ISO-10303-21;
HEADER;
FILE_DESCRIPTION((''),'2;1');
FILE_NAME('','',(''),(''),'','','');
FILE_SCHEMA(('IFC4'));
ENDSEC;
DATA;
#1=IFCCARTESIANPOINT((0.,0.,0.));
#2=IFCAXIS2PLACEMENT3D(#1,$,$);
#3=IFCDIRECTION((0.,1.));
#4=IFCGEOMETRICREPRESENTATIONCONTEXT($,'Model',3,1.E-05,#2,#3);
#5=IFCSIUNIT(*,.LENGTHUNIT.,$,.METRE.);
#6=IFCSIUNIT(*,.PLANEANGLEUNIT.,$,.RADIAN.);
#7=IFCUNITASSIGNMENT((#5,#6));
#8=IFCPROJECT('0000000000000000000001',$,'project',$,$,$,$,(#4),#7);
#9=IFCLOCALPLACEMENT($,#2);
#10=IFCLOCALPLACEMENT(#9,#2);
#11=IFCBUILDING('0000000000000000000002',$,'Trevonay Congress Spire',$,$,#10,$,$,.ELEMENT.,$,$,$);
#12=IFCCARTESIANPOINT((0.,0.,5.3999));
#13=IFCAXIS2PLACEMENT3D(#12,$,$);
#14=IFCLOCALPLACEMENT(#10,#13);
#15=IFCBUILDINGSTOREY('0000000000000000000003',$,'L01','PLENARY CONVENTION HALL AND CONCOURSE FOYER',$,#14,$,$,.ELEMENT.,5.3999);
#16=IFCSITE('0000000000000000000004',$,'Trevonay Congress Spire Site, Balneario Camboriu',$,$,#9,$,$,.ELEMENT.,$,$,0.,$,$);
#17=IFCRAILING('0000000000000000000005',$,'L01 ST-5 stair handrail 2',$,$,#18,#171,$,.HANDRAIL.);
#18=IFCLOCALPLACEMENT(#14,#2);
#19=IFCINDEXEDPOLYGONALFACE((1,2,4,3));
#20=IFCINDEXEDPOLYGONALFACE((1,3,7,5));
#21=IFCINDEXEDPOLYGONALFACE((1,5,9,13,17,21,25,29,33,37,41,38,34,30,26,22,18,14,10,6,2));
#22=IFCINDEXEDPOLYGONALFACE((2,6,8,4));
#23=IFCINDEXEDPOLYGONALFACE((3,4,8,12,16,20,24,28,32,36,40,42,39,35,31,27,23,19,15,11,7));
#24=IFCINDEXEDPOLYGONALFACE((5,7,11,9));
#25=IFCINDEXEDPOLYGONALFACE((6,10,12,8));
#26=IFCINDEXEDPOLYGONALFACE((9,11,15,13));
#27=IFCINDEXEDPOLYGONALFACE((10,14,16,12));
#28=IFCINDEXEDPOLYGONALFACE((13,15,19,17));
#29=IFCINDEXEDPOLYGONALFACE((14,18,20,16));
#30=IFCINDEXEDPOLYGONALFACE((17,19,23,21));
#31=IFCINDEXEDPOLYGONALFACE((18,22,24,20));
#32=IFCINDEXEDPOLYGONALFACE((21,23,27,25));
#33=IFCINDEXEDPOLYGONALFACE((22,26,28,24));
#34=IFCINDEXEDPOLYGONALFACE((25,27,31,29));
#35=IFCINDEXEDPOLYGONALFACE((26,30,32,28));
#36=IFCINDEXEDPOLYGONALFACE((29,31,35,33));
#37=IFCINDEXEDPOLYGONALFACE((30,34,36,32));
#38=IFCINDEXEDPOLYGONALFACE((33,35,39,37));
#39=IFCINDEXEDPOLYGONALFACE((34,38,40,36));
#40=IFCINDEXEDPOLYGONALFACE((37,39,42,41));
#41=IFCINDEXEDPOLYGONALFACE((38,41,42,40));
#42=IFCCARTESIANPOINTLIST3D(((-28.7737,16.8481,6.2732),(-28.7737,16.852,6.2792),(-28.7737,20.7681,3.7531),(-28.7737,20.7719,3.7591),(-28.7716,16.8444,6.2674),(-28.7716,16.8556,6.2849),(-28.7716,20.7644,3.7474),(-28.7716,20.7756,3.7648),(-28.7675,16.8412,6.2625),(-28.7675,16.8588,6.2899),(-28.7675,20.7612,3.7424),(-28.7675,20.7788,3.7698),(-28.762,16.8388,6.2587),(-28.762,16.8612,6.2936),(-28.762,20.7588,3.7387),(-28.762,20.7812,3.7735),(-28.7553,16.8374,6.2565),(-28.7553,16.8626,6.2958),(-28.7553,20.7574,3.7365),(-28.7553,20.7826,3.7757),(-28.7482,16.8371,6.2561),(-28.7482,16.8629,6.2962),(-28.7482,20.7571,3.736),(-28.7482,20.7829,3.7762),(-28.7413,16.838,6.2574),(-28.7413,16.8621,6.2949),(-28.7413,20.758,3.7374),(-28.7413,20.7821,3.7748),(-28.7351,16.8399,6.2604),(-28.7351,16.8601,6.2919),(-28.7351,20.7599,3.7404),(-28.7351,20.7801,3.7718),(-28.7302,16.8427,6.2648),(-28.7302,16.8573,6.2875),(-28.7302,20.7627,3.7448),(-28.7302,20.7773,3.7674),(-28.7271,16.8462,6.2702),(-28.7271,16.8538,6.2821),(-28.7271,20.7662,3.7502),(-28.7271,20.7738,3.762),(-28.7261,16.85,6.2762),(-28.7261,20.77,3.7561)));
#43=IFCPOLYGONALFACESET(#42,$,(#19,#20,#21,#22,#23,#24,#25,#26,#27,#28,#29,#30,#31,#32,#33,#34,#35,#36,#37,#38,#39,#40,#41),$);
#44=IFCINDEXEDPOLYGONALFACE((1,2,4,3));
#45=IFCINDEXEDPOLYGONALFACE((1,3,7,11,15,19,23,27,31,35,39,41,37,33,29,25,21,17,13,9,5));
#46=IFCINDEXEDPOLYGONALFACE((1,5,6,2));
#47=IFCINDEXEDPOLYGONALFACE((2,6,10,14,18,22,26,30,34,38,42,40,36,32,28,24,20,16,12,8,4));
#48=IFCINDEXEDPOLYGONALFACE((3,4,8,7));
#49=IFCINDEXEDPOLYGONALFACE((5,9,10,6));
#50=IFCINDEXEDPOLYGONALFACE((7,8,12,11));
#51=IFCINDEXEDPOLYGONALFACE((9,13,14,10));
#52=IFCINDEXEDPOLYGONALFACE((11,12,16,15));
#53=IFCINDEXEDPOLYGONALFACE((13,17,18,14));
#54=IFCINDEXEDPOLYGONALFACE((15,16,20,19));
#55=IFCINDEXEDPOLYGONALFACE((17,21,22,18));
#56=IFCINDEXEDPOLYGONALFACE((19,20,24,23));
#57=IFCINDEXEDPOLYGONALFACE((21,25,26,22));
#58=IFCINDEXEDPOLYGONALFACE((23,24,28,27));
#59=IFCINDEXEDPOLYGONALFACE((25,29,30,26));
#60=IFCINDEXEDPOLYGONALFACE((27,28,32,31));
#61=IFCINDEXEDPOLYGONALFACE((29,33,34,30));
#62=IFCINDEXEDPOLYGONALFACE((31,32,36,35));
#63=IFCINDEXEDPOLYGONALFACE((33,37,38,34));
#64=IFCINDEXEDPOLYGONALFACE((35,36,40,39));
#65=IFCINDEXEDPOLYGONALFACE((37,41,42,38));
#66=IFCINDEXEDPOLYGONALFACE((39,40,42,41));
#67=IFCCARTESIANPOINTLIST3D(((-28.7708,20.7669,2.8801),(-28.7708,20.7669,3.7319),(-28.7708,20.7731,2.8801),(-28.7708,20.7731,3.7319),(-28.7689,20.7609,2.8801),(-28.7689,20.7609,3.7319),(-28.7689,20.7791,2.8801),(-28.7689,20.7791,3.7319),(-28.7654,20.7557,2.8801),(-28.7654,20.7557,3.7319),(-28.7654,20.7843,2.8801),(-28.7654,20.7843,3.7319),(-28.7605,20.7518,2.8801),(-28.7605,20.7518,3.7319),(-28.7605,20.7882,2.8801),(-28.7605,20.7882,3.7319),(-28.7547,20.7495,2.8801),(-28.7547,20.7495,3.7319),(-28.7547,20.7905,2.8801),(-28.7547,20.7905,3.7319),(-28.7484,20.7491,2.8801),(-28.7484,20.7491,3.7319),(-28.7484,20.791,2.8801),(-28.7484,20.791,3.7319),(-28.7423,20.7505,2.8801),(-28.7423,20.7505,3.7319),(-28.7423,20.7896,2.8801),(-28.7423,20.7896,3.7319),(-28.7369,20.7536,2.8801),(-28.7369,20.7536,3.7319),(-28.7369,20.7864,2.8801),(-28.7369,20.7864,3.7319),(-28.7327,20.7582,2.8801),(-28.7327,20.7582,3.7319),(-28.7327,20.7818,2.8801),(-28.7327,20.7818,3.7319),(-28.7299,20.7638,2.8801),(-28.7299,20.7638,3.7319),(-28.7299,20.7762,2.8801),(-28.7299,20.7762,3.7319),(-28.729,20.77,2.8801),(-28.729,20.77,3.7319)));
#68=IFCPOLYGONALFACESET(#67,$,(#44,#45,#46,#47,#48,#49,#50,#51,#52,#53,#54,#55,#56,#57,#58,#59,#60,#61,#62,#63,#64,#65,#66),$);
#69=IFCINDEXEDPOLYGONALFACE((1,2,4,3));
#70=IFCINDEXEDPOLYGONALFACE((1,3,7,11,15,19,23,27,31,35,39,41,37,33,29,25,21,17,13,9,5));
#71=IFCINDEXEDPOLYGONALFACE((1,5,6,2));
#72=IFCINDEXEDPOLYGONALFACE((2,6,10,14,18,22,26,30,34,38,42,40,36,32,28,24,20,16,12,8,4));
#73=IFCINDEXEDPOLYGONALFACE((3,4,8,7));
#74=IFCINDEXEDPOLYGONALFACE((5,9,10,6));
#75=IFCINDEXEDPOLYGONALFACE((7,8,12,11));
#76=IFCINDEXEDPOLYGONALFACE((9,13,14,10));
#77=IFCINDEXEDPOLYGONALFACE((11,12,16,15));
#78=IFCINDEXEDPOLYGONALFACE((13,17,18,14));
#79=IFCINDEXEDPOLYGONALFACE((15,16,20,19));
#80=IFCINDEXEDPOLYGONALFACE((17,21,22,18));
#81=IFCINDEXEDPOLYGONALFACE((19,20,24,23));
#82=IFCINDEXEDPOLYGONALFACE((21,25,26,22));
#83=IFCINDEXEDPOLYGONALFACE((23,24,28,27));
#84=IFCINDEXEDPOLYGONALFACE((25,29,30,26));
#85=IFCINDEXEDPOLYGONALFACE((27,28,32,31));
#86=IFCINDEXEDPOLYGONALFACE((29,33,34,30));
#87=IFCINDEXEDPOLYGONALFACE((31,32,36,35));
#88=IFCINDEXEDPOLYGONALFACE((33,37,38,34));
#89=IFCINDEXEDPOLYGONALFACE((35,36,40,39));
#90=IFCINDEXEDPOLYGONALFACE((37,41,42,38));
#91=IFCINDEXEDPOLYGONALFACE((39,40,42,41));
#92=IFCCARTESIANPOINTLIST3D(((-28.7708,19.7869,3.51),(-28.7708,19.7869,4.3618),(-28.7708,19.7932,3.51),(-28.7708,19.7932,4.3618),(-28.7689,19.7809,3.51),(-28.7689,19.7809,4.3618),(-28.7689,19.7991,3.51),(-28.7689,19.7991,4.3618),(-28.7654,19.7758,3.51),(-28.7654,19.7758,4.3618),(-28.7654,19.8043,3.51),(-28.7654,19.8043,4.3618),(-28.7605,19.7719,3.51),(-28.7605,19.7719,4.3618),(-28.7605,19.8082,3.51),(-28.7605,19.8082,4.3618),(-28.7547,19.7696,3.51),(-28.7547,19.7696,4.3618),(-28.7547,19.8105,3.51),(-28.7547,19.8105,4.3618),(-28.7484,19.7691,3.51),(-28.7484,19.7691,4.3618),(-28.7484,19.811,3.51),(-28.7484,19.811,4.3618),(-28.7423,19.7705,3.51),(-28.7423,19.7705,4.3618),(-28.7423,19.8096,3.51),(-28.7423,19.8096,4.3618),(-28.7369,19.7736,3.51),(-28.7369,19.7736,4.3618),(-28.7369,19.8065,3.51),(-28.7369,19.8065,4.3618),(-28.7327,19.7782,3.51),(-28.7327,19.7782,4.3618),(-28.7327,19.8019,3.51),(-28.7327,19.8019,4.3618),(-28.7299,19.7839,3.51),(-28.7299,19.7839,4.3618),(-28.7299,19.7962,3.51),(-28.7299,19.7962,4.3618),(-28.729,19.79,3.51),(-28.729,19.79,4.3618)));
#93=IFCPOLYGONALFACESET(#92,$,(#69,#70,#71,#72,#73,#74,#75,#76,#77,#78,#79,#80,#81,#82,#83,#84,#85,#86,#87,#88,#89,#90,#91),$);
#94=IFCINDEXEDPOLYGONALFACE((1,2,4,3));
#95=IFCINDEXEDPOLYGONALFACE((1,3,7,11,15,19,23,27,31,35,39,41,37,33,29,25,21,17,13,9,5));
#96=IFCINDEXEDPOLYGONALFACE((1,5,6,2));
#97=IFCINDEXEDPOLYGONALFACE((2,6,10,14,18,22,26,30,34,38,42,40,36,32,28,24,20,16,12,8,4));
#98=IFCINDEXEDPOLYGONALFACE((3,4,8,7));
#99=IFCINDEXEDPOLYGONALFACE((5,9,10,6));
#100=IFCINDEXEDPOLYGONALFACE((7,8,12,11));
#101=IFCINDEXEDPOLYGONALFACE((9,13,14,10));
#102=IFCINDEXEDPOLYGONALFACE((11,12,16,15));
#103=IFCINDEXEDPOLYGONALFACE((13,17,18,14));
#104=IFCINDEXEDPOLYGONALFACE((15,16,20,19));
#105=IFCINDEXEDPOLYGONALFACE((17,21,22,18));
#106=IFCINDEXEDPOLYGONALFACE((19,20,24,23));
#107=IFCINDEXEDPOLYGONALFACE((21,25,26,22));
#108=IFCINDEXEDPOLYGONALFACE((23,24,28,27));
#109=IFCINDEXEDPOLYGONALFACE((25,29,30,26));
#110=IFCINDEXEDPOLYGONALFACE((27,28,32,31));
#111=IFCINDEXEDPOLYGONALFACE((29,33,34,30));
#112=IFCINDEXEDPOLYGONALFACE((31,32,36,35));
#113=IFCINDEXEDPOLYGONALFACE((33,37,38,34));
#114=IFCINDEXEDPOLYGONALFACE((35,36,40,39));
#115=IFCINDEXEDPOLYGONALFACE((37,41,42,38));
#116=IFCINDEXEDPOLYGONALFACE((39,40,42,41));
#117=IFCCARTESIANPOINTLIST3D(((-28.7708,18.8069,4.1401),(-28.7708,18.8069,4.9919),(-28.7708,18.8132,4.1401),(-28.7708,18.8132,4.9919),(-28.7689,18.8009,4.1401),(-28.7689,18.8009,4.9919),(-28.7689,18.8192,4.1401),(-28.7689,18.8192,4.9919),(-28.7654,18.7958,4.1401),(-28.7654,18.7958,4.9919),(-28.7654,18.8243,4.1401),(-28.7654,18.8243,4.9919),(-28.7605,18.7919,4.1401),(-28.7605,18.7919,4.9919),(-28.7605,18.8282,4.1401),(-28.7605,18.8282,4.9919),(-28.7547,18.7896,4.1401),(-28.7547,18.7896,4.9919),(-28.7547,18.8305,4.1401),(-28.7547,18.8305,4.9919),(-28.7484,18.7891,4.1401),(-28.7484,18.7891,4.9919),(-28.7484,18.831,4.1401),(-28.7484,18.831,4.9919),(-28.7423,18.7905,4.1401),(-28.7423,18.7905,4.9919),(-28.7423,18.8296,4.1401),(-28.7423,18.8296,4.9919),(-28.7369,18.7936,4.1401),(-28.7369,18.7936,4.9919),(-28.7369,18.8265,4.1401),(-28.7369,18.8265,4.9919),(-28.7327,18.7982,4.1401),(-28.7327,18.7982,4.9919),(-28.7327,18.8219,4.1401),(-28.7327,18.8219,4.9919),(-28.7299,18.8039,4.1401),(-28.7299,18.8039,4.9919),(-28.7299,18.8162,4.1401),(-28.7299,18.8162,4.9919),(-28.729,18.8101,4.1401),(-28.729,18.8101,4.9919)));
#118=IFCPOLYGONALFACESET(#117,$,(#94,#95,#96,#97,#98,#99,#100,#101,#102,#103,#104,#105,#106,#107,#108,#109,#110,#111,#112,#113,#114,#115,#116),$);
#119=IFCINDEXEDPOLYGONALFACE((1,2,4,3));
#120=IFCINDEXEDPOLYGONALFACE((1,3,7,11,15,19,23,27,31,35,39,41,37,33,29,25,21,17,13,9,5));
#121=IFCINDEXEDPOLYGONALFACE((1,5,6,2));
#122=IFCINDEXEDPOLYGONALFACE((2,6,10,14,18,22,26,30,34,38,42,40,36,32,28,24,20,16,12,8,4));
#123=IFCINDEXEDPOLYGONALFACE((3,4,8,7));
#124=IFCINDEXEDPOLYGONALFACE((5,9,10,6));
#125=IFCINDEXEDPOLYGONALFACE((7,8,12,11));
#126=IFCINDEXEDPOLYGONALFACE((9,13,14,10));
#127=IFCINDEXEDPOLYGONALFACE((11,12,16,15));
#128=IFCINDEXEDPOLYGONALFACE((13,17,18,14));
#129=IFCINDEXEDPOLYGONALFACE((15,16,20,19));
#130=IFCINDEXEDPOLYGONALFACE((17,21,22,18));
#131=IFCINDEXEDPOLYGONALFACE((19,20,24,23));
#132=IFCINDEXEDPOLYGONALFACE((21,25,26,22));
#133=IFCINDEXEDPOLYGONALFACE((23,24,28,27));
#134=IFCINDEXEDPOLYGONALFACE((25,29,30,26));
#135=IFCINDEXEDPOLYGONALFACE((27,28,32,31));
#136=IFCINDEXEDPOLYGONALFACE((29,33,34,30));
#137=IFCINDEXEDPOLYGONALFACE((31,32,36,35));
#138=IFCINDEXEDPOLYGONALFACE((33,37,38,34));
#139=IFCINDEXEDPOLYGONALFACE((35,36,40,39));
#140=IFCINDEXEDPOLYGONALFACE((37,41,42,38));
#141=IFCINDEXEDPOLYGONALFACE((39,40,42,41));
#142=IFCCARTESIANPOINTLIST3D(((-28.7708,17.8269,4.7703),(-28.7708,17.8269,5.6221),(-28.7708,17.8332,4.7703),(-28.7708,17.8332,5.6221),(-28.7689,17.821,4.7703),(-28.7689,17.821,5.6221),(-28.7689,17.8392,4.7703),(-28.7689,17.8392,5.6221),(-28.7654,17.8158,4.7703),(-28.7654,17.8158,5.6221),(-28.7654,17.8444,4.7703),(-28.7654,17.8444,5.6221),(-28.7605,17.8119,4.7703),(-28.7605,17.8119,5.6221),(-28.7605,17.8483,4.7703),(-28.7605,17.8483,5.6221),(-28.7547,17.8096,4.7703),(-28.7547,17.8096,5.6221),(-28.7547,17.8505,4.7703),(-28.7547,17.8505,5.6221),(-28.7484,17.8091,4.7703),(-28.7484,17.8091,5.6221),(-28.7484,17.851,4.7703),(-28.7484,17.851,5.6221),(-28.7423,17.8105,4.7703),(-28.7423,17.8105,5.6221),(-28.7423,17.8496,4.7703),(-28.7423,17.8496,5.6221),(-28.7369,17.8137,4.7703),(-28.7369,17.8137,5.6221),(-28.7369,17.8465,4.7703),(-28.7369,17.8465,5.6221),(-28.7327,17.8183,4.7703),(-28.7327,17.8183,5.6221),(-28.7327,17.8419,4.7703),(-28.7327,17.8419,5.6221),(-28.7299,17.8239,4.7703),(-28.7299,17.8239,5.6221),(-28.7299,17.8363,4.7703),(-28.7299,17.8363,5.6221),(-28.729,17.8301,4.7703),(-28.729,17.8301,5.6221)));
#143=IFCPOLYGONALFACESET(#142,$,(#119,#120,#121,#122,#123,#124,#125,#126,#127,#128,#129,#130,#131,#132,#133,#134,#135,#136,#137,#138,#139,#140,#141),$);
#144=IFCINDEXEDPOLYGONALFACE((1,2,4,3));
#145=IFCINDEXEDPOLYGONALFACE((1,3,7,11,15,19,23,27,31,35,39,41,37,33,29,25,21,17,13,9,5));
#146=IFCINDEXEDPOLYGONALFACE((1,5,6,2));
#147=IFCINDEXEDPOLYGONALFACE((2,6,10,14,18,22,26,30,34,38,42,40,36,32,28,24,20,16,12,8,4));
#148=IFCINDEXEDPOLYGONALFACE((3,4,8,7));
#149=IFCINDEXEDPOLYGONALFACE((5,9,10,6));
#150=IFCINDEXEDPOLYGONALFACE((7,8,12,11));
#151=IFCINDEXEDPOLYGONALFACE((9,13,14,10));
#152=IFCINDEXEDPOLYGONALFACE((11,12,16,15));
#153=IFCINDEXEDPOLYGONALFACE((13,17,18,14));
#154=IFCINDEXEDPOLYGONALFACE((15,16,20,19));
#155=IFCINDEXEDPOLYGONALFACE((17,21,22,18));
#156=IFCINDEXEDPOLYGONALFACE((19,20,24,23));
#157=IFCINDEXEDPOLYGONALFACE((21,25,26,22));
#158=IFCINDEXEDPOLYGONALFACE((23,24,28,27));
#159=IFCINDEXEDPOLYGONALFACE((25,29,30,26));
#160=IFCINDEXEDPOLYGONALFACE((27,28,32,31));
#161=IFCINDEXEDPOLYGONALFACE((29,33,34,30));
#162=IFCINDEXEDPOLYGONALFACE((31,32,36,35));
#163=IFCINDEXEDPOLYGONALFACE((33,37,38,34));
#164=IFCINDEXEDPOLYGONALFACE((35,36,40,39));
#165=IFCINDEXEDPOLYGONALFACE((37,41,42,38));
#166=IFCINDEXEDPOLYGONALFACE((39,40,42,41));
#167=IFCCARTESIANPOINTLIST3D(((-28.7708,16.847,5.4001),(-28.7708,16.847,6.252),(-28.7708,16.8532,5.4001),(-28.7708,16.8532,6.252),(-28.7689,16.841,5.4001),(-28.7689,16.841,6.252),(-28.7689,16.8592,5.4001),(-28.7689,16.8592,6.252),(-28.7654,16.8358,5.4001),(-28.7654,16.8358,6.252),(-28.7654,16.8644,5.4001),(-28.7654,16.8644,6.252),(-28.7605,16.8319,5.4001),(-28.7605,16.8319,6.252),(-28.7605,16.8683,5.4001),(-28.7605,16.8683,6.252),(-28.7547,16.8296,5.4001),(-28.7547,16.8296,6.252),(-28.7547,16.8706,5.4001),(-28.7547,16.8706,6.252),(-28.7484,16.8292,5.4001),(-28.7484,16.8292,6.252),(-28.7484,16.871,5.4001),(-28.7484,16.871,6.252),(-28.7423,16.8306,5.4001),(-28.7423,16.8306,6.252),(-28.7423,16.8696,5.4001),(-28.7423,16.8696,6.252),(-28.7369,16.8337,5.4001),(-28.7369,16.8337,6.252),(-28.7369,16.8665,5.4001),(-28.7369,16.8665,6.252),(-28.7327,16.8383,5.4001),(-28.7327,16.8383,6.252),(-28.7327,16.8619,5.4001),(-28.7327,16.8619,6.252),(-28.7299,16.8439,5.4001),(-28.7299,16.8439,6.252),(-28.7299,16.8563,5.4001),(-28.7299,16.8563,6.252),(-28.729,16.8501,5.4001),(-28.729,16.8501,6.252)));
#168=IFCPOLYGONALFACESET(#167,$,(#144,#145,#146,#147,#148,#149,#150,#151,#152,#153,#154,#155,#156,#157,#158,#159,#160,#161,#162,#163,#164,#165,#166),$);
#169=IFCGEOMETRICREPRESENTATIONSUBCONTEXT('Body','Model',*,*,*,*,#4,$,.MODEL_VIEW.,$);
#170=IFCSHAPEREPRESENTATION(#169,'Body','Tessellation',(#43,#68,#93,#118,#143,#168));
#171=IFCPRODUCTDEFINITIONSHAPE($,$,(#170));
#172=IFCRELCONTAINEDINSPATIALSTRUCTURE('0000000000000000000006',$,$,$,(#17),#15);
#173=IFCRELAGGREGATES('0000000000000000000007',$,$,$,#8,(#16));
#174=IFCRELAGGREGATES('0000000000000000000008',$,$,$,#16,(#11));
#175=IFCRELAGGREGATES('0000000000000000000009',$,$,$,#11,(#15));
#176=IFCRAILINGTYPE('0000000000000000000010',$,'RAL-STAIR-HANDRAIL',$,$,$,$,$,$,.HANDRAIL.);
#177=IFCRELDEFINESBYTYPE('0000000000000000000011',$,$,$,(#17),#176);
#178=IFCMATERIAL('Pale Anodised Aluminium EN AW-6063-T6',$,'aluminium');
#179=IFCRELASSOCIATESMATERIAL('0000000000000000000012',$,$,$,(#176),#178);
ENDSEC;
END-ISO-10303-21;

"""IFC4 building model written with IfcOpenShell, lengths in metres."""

from ifc_helpers import new_model, si_unit, direction, frame, origin, origin_2d, place, context, subcontext, project, spatial, circle, extrude, material, type_object, element, save


model = new_model("IFC4")

# Units and contexts
model_context = context("Model", 3, precision=1e-05, world=origin(), true_north=direction((0.0, 1.0)))
body_context = subcontext(model_context, "Body", "Model", "MODEL_VIEW")
ifc_project = project(units=[si_unit("LENGTHUNIT", "METRE"), si_unit("PLANEANGLEUNIT", "RADIAN")], contexts=[model_context])

# Site, building, storey
site_placement = place(None, origin())
site = spatial("IfcSite", under=ifc_project, at=site_placement, Name="Trevonay Congress Spire Site, Balneario Camboriu", CompositionType="ELEMENT", RefElevation=0.0)
building_placement = place(site_placement, origin())
building = spatial("IfcBuilding", under=site, at=building_placement, Name="Trevonay Congress Spire", CompositionType="ELEMENT")
storey_placement = place(building_placement, frame((0.0, 0.0, 5.3999)))
storey = spatial("IfcBuildingStorey", under=building, at=storey_placement, Name="L01", Description="PLENARY CONVENTION HALL AND CONCOURSE FOYER", CompositionType="ELEMENT", Elevation=5.3999)

# Shared definitions
ifc_material_1 = material(Name="Pale Anodised Aluminium EN AW-6063-T6", Category="aluminium")

# Railing
railing_type_1 = type_object("IfcRailingType", Name="RAL-STAIR-HANDRAIL", PredefinedType="HANDRAIL", material=ifc_material_1)
railing_1_placement = place(storey_placement, frame((-28.75, 20.77, 2.8801)))
element("IfcRailing", 1, at=railing_1_placement, inside=storey, type_object=railing_type_1, Name="L01 ST-5 stair handrail 2", PredefinedType="HANDRAIL", context=body_context, shape_type="SweptSolid", body=[
    extrude(circle(Radius=0.0239, at=origin_2d()), frame((0.0, 0.0, 0.876), z_axis=(0.0, -0.841172, 0.540768), x_axis=(1.0, 0.0, 0.0)), (0.0, 0.0, 1.0), 4.6602),
    extrude(circle(Radius=0.021, at=origin_2d()), origin(), (0.0, 0.0, 1.0), 0.8518),
    extrude(circle(Radius=0.021, at=origin_2d()), frame((0.0, -0.98, 0.6299)), (0.0, 0.0, 1.0), 0.8518),
    extrude(circle(Radius=0.021, at=origin_2d()), frame((0.0, -1.96, 1.26)), (0.0, 0.0, 1.0), 0.8518),
    extrude(circle(Radius=0.021, at=origin_2d()), frame((0.0, -2.9399, 1.8901)), (0.0, 0.0, 1.0), 0.8518),
    extrude(circle(Radius=0.021, at=origin_2d()), frame((0.0, -3.9199, 2.52)), (0.0, 0.0, 1.0), 0.8518),
])

save(model, "model.ifc")
